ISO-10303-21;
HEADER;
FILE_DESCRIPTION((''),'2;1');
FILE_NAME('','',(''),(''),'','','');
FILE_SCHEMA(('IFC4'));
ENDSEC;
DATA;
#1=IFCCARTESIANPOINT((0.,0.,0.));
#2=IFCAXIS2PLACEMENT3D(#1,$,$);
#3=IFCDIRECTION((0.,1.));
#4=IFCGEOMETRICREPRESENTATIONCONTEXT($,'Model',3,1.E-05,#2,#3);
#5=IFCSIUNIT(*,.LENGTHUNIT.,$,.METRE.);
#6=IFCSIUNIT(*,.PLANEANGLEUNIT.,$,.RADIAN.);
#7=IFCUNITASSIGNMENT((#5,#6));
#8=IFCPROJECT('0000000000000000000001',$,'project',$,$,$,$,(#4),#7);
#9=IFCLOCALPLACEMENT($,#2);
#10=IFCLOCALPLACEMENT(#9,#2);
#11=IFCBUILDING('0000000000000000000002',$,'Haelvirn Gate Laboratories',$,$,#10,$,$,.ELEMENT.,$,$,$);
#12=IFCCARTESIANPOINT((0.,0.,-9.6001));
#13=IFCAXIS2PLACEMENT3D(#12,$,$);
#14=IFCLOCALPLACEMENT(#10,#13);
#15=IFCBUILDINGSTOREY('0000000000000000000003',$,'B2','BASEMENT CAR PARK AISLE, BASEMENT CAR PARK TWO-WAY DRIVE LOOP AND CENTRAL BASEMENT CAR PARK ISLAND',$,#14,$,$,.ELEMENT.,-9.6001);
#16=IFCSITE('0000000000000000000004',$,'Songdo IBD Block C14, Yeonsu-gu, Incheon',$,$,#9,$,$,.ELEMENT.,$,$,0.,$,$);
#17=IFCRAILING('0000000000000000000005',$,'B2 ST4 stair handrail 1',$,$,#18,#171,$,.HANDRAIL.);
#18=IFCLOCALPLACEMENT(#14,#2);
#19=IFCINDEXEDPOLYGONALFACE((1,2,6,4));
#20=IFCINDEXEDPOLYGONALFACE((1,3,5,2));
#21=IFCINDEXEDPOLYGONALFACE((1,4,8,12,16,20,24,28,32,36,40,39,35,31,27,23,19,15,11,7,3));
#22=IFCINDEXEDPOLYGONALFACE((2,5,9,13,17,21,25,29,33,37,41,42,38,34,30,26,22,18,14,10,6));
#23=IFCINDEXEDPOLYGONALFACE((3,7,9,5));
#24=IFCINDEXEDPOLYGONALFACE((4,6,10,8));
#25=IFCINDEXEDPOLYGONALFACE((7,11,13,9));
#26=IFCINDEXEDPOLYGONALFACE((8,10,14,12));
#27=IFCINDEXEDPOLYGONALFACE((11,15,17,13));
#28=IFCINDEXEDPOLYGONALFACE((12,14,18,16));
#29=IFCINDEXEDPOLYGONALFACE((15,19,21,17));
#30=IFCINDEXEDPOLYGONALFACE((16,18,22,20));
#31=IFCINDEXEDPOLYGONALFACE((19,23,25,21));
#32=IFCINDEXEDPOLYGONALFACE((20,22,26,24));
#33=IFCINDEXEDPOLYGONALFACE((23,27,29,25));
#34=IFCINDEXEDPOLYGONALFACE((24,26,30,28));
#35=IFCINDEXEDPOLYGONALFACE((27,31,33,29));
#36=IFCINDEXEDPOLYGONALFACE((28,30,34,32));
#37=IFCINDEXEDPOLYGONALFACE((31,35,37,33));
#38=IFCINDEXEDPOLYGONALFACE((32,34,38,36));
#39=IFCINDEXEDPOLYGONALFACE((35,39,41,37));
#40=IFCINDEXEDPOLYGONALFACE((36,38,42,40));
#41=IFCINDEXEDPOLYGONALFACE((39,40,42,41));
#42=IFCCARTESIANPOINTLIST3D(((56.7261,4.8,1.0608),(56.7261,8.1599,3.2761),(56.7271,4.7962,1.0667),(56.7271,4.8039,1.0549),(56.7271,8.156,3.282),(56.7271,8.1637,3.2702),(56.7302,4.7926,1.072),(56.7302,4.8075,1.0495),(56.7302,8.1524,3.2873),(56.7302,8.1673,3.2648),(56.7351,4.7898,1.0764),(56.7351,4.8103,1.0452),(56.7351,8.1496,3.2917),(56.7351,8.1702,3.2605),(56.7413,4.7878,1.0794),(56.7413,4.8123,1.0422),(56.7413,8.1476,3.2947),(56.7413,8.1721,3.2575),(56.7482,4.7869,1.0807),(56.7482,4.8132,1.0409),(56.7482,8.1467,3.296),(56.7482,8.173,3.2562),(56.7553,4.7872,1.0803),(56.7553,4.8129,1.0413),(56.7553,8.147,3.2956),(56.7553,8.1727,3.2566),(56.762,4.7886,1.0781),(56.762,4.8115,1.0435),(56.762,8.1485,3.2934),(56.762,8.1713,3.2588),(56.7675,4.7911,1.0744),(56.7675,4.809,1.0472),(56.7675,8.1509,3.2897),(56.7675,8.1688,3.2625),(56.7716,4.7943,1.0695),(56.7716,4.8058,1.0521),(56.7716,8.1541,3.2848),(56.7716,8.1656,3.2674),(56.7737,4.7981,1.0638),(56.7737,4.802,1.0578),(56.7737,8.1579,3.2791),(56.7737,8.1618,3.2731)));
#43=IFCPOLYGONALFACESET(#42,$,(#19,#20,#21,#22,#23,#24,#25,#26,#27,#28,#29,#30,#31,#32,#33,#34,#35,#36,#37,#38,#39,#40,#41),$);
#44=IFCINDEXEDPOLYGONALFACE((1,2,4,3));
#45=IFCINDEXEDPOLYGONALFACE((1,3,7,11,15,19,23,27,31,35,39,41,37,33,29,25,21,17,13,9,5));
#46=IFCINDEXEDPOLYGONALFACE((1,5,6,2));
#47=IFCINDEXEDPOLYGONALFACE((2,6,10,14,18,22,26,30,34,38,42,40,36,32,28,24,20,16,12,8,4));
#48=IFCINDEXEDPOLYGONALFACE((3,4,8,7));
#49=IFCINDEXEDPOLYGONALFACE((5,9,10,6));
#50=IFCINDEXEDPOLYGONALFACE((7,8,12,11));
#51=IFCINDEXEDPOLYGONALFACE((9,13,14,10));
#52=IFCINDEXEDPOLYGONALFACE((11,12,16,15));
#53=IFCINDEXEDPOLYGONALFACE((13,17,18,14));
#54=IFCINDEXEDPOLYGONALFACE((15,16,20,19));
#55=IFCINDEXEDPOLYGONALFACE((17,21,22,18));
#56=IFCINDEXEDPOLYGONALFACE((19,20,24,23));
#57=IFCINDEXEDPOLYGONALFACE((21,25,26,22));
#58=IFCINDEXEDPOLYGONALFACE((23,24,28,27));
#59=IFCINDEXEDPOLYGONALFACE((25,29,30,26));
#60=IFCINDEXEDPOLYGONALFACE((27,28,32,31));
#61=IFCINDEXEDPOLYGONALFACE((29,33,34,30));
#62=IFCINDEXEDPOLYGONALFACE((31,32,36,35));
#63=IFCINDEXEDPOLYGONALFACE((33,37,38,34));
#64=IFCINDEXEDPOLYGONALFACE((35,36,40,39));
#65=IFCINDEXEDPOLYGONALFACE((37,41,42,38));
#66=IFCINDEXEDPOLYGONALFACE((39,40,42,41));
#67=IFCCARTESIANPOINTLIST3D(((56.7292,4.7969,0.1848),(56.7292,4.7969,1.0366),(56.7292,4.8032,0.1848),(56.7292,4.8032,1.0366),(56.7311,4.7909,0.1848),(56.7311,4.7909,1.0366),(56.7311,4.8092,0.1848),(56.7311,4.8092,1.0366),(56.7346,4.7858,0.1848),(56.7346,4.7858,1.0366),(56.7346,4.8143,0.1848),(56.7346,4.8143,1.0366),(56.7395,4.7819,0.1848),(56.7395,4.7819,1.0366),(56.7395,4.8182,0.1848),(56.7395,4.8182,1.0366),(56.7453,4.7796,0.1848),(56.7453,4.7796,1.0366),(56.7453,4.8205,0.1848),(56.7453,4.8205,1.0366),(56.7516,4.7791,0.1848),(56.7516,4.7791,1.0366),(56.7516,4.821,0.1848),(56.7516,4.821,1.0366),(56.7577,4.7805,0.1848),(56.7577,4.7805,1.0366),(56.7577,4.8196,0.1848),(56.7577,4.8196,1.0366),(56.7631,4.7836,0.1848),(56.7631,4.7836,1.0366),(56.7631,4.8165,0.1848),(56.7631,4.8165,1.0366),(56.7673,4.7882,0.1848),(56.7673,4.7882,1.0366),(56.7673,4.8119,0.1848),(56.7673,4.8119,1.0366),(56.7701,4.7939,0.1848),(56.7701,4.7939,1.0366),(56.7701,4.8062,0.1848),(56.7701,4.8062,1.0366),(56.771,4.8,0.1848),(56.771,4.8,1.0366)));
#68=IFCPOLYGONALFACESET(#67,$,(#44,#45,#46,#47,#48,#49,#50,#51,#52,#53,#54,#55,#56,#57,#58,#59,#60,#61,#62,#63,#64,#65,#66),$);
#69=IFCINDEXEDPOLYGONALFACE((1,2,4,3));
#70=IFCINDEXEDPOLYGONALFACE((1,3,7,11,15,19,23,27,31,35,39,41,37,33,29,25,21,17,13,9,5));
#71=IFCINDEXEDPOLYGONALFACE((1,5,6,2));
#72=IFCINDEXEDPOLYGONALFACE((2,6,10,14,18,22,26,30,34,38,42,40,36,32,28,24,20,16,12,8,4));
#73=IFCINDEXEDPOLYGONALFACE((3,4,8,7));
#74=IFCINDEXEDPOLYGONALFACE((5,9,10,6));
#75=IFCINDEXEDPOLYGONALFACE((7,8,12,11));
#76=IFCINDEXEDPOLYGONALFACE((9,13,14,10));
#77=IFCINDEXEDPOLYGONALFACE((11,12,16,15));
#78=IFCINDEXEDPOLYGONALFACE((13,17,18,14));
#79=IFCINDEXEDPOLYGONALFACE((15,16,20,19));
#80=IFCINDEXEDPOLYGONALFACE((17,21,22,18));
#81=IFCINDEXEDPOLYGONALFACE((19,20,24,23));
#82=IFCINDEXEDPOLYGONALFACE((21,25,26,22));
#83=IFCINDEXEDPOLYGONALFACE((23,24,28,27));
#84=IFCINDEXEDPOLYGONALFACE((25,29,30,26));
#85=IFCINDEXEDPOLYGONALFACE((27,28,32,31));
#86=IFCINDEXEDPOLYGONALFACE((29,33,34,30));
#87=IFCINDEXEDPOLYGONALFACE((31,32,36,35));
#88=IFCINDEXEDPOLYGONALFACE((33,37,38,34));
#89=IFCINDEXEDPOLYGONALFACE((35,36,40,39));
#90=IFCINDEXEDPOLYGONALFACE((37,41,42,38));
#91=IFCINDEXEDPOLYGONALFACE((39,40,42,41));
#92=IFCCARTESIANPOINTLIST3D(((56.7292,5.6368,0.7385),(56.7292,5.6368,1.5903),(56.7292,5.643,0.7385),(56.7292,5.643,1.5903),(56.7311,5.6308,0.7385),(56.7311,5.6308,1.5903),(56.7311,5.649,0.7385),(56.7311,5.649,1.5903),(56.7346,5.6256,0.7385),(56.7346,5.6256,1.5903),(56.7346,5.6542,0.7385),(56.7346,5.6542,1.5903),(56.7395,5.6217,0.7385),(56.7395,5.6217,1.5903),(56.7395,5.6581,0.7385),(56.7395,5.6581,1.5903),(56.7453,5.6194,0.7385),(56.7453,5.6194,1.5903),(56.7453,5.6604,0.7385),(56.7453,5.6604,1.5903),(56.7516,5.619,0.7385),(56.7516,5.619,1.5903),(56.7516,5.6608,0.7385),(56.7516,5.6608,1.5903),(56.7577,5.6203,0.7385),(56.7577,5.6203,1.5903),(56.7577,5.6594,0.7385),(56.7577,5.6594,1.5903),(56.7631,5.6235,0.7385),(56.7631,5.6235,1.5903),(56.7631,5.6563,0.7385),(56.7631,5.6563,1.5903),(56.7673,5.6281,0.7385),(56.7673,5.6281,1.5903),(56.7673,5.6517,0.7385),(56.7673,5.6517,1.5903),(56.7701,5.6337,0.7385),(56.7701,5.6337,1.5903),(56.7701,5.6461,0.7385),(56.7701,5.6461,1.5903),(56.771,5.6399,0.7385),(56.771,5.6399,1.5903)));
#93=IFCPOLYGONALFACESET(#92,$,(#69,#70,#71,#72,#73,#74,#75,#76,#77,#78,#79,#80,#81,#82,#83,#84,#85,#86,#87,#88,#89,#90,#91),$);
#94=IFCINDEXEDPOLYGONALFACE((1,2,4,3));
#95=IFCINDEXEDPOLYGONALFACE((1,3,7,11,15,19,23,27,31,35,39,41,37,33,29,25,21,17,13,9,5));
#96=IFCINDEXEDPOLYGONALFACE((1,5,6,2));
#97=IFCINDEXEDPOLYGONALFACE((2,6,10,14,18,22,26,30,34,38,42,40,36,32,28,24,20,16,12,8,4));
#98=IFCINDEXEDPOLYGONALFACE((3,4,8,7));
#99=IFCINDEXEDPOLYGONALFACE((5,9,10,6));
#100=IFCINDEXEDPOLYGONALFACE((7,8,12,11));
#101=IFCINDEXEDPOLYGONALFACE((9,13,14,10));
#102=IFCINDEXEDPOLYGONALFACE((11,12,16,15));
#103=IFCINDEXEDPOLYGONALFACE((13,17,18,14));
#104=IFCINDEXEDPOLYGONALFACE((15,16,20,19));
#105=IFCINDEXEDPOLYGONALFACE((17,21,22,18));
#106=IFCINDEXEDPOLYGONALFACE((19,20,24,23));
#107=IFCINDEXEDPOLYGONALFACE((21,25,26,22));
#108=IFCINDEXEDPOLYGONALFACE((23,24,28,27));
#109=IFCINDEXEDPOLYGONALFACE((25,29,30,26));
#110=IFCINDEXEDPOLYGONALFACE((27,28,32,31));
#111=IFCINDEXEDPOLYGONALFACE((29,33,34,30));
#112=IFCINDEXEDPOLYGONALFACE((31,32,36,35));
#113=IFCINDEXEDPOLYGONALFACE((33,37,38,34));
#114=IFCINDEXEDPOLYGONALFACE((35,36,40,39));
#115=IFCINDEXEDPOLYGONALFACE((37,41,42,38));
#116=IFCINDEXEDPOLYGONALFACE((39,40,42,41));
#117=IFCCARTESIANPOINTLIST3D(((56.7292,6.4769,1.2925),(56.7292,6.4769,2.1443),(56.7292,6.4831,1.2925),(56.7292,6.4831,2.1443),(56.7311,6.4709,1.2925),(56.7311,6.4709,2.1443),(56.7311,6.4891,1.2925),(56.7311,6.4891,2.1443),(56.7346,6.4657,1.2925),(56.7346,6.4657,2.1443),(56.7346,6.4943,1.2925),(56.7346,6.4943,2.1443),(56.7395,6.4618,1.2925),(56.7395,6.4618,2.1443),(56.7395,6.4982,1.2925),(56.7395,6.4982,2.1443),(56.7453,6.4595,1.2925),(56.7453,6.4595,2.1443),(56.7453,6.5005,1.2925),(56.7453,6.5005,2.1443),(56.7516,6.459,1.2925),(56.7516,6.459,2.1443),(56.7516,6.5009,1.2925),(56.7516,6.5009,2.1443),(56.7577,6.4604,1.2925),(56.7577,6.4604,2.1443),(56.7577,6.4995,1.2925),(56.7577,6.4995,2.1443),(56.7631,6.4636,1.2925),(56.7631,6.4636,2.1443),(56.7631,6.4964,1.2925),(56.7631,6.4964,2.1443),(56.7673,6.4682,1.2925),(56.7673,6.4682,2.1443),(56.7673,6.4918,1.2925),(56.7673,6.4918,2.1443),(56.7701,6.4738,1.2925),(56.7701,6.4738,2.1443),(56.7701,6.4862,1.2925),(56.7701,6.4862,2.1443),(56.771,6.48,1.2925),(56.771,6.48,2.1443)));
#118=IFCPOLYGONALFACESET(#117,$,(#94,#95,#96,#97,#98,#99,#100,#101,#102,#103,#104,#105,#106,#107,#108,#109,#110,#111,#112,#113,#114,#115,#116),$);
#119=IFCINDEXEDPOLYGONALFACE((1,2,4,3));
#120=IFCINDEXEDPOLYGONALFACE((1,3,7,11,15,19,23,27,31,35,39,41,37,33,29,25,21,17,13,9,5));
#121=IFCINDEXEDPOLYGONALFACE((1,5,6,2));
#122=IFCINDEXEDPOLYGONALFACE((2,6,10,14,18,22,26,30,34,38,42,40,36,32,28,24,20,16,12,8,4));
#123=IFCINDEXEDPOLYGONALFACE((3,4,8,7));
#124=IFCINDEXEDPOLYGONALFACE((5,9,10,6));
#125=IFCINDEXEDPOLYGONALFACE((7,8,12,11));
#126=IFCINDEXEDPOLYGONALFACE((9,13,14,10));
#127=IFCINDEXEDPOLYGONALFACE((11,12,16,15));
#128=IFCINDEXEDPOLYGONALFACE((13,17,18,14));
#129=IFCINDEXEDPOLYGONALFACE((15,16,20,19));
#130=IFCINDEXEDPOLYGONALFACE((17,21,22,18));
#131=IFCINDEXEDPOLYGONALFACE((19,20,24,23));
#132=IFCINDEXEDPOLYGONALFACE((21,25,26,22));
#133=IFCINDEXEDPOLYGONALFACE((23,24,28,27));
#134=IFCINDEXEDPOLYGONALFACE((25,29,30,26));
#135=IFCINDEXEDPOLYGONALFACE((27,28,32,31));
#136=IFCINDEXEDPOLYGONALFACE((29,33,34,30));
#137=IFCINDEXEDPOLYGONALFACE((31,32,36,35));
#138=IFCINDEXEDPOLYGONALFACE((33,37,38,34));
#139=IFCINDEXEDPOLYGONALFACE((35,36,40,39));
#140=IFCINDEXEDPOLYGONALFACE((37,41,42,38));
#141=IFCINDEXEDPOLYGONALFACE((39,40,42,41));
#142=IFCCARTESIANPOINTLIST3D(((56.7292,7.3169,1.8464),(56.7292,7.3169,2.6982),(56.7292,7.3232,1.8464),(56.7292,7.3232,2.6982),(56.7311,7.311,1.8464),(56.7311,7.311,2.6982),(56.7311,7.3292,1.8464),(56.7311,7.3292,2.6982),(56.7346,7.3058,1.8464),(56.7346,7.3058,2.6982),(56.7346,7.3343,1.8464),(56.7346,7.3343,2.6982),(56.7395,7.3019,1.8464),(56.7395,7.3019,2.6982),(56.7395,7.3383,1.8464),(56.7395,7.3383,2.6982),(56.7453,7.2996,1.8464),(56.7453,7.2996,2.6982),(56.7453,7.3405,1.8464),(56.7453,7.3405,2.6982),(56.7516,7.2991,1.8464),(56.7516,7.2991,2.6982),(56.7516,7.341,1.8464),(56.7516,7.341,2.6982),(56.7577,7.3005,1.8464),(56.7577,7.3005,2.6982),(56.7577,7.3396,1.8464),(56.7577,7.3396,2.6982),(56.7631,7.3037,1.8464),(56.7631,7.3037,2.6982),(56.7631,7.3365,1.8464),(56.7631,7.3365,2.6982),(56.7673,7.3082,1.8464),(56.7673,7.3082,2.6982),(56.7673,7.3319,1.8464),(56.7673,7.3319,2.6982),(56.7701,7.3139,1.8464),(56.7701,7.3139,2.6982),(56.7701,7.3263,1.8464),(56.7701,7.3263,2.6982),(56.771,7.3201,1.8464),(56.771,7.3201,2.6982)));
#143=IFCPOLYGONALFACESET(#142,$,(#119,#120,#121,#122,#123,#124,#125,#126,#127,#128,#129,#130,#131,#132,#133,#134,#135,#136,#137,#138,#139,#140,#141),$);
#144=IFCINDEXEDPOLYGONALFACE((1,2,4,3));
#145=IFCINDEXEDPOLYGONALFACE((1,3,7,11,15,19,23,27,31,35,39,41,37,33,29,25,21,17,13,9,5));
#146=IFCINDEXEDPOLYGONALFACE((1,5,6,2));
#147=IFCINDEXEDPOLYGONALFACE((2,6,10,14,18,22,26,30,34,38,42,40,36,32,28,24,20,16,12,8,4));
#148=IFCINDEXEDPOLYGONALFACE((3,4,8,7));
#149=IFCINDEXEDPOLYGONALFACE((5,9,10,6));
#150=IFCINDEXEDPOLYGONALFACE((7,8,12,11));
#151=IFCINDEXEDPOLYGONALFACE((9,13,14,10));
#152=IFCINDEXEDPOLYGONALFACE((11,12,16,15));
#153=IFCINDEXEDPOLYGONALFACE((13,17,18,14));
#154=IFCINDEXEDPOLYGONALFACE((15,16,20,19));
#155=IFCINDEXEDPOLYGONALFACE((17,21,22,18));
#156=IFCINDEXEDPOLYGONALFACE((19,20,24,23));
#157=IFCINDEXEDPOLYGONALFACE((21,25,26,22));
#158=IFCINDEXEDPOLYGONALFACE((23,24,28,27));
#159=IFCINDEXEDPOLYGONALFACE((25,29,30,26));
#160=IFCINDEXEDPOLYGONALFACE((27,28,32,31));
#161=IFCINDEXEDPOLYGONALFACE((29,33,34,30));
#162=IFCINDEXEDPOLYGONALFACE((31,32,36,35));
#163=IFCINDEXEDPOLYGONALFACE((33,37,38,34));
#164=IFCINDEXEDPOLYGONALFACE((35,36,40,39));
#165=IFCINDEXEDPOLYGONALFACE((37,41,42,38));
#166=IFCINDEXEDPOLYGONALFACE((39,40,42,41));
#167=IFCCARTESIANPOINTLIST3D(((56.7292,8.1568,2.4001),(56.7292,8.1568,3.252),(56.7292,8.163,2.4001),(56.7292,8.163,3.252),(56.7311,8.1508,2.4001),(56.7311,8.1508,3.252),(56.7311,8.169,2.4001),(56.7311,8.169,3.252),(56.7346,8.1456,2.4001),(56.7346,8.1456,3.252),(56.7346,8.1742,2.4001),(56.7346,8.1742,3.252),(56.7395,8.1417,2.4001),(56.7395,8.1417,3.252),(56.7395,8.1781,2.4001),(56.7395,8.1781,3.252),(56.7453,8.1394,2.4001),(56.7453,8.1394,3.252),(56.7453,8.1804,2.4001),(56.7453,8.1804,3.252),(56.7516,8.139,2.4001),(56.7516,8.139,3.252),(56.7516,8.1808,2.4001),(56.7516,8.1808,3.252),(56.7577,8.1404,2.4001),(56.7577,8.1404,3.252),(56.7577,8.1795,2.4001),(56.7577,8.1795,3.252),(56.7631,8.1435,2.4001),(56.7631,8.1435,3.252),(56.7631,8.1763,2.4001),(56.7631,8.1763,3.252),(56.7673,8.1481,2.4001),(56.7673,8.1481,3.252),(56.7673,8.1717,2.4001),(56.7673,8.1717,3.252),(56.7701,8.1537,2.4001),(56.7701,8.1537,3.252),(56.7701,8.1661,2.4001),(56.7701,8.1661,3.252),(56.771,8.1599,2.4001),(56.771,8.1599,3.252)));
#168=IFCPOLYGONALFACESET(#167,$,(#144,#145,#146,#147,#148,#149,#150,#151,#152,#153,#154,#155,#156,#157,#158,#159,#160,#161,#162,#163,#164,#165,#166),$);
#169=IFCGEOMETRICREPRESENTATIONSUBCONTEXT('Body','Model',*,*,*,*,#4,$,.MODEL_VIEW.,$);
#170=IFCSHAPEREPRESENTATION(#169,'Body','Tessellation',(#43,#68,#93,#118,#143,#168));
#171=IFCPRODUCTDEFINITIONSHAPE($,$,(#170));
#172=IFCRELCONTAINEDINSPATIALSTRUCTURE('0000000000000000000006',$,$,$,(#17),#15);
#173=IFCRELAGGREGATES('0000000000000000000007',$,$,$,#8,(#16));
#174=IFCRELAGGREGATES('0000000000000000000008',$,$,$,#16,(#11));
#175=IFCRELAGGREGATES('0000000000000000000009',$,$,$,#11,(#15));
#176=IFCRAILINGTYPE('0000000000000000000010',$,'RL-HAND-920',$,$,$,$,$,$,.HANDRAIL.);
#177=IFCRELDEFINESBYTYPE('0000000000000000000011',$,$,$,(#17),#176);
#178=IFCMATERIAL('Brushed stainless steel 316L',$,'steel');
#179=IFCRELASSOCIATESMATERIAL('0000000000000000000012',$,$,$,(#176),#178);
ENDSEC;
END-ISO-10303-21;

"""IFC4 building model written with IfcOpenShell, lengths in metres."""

from ifc_helpers import new_model, si_unit, direction, frame, origin, origin_2d, place, context, subcontext, project, spatial, circle, extrude, source, transform, mapped, material, type_object, type_shapes, element, save


model = new_model("IFC4")

# Units and contexts
model_context = context("Model", 3, precision=1e-05, world=origin(), true_north=direction((0.0, 1.0)))
body_context = subcontext(model_context, "Body", "Model", "MODEL_VIEW")
ifc_project = project(units=[si_unit("LENGTHUNIT", "METRE"), si_unit("PLANEANGLEUNIT", "RADIAN")], contexts=[model_context])

# Site, building, storey
site_placement = place(None, origin())
site = spatial("IfcSite", under=ifc_project, at=site_placement, Name="Songdo IBD Block C14, Yeonsu-gu, Incheon", CompositionType="ELEMENT", RefElevation=0.0)
building_placement = place(site_placement, origin())
building = spatial("IfcBuilding", under=site, at=building_placement, Name="Haelvirn Gate Laboratories", CompositionType="ELEMENT")
storey_placement = place(building_placement, frame((0.0, 0.0, -9.6001)))
storey = spatial("IfcBuildingStorey", under=building, at=storey_placement, Name="B2", Description="BASEMENT CAR PARK AISLE, BASEMENT CAR PARK TWO-WAY DRIVE LOOP AND CENTRAL BASEMENT CAR PARK ISLAND", CompositionType="ELEMENT", Elevation=-9.6001)

# Railing
ifc_material_1 = material(Name="Brushed stainless steel 316L", Category="steel")
railing_type_1 = type_object("IfcRailingType", Name="RL-HAND-920", PredefinedType="HANDRAIL", material=ifc_material_1)
shared_shape_1 = source(origin(), body_context, "Body", "SweptSolid", [
    extrude(circle(Radius=0.0239, at=origin_2d()), frame((0.0, 0.0, 0.876), z_axis=(0.0, 0.834858, 0.550465), x_axis=(-1.0, 0.0, 0.0)), (0.0, 0.0, 1.0), 4.0244),
    extrude(circle(Radius=0.021, at=origin_2d()), origin(), (0.0, 0.0, 1.0), 0.8518),
    extrude(circle(Radius=0.021, at=origin_2d()), frame((0.0, 0.8398, 0.5537)), (0.0, 0.0, 1.0), 0.8518),
    extrude(circle(Radius=0.021, at=origin_2d()), frame((0.0, 1.6799, 1.1077)), (0.0, 0.0, 1.0), 0.8518),
    extrude(circle(Radius=0.021, at=origin_2d()), frame((0.0, 2.52, 1.6616)), (0.0, 0.0, 1.0), 0.8518),
    extrude(circle(Radius=0.021, at=origin_2d()), frame((0.0, 3.3599, 2.2153)), (0.0, 0.0, 1.0), 0.8518),
])
type_shapes(railing_type_1, [shared_shape_1])
railing_1_placement = place(storey_placement, frame((56.75, 4.8, 0.1848)))
element("IfcRailing", 1, at=railing_1_placement, inside=storey, type_object=railing_type_1, Name="B2 ST4 stair handrail 1", PredefinedType="HANDRAIL", context=body_context, shape_type="MappedRepresentation", body=[
    mapped(shared_shape_1, transform((0.0, 0.0, 0.0), scale=1.0)),
])

save(model, "model.ifc")
